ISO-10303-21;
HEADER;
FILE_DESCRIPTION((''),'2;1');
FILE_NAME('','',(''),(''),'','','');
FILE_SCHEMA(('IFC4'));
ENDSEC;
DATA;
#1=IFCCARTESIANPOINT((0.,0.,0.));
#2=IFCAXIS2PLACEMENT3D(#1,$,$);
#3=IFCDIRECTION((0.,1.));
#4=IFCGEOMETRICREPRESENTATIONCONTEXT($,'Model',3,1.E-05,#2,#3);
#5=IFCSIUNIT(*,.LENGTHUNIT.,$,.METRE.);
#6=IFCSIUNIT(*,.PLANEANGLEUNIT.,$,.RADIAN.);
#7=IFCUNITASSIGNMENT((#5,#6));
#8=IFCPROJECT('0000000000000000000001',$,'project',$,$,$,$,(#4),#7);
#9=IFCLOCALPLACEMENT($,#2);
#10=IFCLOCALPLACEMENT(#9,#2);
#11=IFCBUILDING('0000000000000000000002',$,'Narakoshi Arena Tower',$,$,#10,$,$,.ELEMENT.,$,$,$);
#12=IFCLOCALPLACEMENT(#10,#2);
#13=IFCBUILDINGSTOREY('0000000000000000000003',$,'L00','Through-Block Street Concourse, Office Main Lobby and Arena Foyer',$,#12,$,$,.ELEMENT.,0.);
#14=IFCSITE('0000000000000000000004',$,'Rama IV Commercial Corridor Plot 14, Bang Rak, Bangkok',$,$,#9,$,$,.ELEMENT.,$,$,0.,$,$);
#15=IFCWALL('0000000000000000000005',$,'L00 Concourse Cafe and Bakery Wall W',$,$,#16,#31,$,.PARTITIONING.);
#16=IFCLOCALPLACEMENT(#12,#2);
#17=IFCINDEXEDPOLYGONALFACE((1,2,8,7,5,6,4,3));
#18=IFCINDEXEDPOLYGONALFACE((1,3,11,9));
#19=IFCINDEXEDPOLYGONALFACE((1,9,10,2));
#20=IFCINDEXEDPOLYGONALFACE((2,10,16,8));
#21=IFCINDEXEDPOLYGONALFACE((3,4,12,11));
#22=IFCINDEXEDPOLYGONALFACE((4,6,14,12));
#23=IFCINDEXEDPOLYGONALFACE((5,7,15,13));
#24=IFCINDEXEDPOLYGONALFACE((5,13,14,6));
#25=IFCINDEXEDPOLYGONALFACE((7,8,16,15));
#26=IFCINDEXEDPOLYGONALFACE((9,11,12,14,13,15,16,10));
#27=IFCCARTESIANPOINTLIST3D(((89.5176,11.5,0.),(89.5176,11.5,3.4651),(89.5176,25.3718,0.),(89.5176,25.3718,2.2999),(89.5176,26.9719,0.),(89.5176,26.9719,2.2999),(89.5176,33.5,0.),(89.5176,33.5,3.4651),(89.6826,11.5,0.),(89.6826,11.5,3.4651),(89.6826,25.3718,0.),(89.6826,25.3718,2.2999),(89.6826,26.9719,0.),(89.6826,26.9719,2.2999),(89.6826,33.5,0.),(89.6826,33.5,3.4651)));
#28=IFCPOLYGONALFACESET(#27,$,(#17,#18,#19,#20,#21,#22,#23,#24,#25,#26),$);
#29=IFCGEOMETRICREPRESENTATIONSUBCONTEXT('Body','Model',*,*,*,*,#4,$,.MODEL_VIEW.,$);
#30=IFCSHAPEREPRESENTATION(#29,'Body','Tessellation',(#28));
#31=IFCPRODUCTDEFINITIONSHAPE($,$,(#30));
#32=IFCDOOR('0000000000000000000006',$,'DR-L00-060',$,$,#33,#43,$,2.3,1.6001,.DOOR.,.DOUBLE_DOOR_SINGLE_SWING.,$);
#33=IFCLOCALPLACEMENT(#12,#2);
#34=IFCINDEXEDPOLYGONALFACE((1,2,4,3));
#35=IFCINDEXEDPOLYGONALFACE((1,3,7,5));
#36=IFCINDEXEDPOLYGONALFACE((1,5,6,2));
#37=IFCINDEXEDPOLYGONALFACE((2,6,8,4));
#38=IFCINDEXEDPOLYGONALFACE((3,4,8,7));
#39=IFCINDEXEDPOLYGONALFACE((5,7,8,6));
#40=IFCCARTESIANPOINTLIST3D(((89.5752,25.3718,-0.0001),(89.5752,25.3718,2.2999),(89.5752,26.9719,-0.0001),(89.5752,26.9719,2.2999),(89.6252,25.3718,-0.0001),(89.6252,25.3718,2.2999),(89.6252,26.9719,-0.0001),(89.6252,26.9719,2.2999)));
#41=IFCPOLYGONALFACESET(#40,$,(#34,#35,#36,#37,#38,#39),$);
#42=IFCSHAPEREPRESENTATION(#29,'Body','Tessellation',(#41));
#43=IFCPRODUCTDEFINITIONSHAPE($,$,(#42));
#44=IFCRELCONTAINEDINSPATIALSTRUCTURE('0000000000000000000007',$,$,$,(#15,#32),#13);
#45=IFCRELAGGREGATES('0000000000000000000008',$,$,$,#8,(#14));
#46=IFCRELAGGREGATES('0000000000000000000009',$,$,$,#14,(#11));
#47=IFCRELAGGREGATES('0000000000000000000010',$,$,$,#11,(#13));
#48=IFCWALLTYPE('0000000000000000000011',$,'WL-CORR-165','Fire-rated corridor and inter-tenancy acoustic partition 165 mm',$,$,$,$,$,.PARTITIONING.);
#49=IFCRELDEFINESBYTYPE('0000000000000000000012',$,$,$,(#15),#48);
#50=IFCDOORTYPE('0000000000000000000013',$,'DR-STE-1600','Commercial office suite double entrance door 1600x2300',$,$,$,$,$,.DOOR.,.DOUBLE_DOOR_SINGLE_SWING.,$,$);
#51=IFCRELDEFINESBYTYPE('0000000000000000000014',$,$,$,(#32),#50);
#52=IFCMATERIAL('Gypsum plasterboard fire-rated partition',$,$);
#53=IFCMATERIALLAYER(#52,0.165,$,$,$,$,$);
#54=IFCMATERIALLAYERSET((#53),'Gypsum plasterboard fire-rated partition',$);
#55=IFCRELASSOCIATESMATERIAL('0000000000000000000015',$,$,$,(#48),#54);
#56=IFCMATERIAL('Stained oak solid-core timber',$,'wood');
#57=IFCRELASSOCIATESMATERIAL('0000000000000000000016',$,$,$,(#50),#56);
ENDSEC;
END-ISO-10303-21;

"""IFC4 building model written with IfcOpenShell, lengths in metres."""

from ifc_helpers import new_model, si_unit, direction, frame, frame_2d, origin, place, context, subcontext, project, spatial, rectangle, extrude, material, layer, layer_set, type_object, element, fill, save


model = new_model("IFC4")

# Units and contexts
model_context = context("Model", 3, precision=1e-05, world=origin(), true_north=direction((0.0, 1.0)))
body_context = subcontext(model_context, "Body", "Model", "MODEL_VIEW")
ifc_project = project(units=[si_unit("LENGTHUNIT", "METRE"), si_unit("PLANEANGLEUNIT", "RADIAN")], contexts=[model_context])

# Site, building, storey
site_placement = place(None, origin())
site = spatial("IfcSite", under=ifc_project, at=site_placement, Name="Rama IV Commercial Corridor Plot 14, Bang Rak, Bangkok", CompositionType="ELEMENT", RefElevation=0.0)
building_placement = place(site_placement, origin())
building = spatial("IfcBuilding", under=site, at=building_placement, Name="Narakoshi Arena Tower", CompositionType="ELEMENT")
storey_placement = place(building_placement, origin())
storey = spatial("IfcBuildingStorey", under=building, at=storey_placement, Name="L00", Description="Through-Block Street Concourse, Office Main Lobby and Arena Foyer", CompositionType="ELEMENT", Elevation=0.0)

# Shared definitions
ifc_material_1 = material(Name="Gypsum plasterboard fire-rated partition")
ifc_layer_1 = layer(ifc_material_1, 0.165)
ifc_layer_set_1 = layer_set([ifc_layer_1], Name="Gypsum plasterboard fire-rated partition")
wall_type_1 = type_object("IfcWallType", Name="WL-CORR-165", Description="Fire-rated corridor and inter-tenancy acoustic partition 165 mm", PredefinedType="PARTITIONING", material=ifc_layer_set_1)

# Wall, opening, door
wall_1_placement = place(storey_placement, frame((89.6001, 33.5, 0.0), z_axis=(0.0, 0.0, 1.0), x_axis=(0.0, -1.0, 0.0)))
wall_1 = element("IfcWall", 1, at=wall_1_placement, inside=storey, type_object=wall_type_1, Name="L00 Concourse Cafe and Bakery Wall W", PredefinedType="PARTITIONING", context=body_context, shape_type="SweptSolid", body=[
    extrude(rectangle(XDim=22.0, YDim=0.165, at=frame_2d((11.0, 0.0))), origin(), (0.0, 0.0, 1.0), 3.4651),
])
opening_placement = place(wall_1_placement, frame((6.5281, 0.0, 0.0)))
opening = element("IfcOpeningElement", 2, at=opening_placement, cuts=wall_1, PredefinedType="OPENING", context=body_context, shape_type="SweptSolid", body=[
    extrude(rectangle(XDim=1.6001, YDim=2.3, at=frame_2d((0.8, 1.1499))), frame((0.0, 0.0925, 0.0), z_axis=(0.0, -1.0, 0.0), x_axis=(1.0, 0.0, 0.0)), (0.0, 0.0, 1.0), 0.1851),
])
ifc_material_2 = material(Name="Stained oak solid-core timber", Category="wood")
door_type = type_object("IfcDoorType", Name="DR-STE-1600", Description="Commercial office suite double entrance door 1600x2300", OperationType="DOUBLE_DOOR_SINGLE_SWING", PredefinedType="DOOR", material=ifc_material_2)
door_placement = place(opening_placement, frame((1.6001, 0.0, 0.0), z_axis=(0.0, 0.0, 1.0), x_axis=(-1.0, 0.0, 0.0)))
door = element("IfcDoor", 3, at=door_placement, inside=storey, type_object=door_type, Name="DR-L00-060", OperationType="DOUBLE_DOOR_SINGLE_SWING", OverallHeight=2.3, OverallWidth=1.6001, PredefinedType="DOOR", context=body_context, shape_type="SweptSolid", body=[
    extrude(rectangle(XDim=1.6001, YDim=2.3, at=frame_2d((0.8, 1.1499))), frame((0.0, 0.0249, 0.0), z_axis=(0.0, -1.0, 0.0), x_axis=(1.0, 0.0, 0.0)), (0.0, 0.0, 1.0), 0.05),
])
fill(opening, door)

save(model, "model.ifc")
